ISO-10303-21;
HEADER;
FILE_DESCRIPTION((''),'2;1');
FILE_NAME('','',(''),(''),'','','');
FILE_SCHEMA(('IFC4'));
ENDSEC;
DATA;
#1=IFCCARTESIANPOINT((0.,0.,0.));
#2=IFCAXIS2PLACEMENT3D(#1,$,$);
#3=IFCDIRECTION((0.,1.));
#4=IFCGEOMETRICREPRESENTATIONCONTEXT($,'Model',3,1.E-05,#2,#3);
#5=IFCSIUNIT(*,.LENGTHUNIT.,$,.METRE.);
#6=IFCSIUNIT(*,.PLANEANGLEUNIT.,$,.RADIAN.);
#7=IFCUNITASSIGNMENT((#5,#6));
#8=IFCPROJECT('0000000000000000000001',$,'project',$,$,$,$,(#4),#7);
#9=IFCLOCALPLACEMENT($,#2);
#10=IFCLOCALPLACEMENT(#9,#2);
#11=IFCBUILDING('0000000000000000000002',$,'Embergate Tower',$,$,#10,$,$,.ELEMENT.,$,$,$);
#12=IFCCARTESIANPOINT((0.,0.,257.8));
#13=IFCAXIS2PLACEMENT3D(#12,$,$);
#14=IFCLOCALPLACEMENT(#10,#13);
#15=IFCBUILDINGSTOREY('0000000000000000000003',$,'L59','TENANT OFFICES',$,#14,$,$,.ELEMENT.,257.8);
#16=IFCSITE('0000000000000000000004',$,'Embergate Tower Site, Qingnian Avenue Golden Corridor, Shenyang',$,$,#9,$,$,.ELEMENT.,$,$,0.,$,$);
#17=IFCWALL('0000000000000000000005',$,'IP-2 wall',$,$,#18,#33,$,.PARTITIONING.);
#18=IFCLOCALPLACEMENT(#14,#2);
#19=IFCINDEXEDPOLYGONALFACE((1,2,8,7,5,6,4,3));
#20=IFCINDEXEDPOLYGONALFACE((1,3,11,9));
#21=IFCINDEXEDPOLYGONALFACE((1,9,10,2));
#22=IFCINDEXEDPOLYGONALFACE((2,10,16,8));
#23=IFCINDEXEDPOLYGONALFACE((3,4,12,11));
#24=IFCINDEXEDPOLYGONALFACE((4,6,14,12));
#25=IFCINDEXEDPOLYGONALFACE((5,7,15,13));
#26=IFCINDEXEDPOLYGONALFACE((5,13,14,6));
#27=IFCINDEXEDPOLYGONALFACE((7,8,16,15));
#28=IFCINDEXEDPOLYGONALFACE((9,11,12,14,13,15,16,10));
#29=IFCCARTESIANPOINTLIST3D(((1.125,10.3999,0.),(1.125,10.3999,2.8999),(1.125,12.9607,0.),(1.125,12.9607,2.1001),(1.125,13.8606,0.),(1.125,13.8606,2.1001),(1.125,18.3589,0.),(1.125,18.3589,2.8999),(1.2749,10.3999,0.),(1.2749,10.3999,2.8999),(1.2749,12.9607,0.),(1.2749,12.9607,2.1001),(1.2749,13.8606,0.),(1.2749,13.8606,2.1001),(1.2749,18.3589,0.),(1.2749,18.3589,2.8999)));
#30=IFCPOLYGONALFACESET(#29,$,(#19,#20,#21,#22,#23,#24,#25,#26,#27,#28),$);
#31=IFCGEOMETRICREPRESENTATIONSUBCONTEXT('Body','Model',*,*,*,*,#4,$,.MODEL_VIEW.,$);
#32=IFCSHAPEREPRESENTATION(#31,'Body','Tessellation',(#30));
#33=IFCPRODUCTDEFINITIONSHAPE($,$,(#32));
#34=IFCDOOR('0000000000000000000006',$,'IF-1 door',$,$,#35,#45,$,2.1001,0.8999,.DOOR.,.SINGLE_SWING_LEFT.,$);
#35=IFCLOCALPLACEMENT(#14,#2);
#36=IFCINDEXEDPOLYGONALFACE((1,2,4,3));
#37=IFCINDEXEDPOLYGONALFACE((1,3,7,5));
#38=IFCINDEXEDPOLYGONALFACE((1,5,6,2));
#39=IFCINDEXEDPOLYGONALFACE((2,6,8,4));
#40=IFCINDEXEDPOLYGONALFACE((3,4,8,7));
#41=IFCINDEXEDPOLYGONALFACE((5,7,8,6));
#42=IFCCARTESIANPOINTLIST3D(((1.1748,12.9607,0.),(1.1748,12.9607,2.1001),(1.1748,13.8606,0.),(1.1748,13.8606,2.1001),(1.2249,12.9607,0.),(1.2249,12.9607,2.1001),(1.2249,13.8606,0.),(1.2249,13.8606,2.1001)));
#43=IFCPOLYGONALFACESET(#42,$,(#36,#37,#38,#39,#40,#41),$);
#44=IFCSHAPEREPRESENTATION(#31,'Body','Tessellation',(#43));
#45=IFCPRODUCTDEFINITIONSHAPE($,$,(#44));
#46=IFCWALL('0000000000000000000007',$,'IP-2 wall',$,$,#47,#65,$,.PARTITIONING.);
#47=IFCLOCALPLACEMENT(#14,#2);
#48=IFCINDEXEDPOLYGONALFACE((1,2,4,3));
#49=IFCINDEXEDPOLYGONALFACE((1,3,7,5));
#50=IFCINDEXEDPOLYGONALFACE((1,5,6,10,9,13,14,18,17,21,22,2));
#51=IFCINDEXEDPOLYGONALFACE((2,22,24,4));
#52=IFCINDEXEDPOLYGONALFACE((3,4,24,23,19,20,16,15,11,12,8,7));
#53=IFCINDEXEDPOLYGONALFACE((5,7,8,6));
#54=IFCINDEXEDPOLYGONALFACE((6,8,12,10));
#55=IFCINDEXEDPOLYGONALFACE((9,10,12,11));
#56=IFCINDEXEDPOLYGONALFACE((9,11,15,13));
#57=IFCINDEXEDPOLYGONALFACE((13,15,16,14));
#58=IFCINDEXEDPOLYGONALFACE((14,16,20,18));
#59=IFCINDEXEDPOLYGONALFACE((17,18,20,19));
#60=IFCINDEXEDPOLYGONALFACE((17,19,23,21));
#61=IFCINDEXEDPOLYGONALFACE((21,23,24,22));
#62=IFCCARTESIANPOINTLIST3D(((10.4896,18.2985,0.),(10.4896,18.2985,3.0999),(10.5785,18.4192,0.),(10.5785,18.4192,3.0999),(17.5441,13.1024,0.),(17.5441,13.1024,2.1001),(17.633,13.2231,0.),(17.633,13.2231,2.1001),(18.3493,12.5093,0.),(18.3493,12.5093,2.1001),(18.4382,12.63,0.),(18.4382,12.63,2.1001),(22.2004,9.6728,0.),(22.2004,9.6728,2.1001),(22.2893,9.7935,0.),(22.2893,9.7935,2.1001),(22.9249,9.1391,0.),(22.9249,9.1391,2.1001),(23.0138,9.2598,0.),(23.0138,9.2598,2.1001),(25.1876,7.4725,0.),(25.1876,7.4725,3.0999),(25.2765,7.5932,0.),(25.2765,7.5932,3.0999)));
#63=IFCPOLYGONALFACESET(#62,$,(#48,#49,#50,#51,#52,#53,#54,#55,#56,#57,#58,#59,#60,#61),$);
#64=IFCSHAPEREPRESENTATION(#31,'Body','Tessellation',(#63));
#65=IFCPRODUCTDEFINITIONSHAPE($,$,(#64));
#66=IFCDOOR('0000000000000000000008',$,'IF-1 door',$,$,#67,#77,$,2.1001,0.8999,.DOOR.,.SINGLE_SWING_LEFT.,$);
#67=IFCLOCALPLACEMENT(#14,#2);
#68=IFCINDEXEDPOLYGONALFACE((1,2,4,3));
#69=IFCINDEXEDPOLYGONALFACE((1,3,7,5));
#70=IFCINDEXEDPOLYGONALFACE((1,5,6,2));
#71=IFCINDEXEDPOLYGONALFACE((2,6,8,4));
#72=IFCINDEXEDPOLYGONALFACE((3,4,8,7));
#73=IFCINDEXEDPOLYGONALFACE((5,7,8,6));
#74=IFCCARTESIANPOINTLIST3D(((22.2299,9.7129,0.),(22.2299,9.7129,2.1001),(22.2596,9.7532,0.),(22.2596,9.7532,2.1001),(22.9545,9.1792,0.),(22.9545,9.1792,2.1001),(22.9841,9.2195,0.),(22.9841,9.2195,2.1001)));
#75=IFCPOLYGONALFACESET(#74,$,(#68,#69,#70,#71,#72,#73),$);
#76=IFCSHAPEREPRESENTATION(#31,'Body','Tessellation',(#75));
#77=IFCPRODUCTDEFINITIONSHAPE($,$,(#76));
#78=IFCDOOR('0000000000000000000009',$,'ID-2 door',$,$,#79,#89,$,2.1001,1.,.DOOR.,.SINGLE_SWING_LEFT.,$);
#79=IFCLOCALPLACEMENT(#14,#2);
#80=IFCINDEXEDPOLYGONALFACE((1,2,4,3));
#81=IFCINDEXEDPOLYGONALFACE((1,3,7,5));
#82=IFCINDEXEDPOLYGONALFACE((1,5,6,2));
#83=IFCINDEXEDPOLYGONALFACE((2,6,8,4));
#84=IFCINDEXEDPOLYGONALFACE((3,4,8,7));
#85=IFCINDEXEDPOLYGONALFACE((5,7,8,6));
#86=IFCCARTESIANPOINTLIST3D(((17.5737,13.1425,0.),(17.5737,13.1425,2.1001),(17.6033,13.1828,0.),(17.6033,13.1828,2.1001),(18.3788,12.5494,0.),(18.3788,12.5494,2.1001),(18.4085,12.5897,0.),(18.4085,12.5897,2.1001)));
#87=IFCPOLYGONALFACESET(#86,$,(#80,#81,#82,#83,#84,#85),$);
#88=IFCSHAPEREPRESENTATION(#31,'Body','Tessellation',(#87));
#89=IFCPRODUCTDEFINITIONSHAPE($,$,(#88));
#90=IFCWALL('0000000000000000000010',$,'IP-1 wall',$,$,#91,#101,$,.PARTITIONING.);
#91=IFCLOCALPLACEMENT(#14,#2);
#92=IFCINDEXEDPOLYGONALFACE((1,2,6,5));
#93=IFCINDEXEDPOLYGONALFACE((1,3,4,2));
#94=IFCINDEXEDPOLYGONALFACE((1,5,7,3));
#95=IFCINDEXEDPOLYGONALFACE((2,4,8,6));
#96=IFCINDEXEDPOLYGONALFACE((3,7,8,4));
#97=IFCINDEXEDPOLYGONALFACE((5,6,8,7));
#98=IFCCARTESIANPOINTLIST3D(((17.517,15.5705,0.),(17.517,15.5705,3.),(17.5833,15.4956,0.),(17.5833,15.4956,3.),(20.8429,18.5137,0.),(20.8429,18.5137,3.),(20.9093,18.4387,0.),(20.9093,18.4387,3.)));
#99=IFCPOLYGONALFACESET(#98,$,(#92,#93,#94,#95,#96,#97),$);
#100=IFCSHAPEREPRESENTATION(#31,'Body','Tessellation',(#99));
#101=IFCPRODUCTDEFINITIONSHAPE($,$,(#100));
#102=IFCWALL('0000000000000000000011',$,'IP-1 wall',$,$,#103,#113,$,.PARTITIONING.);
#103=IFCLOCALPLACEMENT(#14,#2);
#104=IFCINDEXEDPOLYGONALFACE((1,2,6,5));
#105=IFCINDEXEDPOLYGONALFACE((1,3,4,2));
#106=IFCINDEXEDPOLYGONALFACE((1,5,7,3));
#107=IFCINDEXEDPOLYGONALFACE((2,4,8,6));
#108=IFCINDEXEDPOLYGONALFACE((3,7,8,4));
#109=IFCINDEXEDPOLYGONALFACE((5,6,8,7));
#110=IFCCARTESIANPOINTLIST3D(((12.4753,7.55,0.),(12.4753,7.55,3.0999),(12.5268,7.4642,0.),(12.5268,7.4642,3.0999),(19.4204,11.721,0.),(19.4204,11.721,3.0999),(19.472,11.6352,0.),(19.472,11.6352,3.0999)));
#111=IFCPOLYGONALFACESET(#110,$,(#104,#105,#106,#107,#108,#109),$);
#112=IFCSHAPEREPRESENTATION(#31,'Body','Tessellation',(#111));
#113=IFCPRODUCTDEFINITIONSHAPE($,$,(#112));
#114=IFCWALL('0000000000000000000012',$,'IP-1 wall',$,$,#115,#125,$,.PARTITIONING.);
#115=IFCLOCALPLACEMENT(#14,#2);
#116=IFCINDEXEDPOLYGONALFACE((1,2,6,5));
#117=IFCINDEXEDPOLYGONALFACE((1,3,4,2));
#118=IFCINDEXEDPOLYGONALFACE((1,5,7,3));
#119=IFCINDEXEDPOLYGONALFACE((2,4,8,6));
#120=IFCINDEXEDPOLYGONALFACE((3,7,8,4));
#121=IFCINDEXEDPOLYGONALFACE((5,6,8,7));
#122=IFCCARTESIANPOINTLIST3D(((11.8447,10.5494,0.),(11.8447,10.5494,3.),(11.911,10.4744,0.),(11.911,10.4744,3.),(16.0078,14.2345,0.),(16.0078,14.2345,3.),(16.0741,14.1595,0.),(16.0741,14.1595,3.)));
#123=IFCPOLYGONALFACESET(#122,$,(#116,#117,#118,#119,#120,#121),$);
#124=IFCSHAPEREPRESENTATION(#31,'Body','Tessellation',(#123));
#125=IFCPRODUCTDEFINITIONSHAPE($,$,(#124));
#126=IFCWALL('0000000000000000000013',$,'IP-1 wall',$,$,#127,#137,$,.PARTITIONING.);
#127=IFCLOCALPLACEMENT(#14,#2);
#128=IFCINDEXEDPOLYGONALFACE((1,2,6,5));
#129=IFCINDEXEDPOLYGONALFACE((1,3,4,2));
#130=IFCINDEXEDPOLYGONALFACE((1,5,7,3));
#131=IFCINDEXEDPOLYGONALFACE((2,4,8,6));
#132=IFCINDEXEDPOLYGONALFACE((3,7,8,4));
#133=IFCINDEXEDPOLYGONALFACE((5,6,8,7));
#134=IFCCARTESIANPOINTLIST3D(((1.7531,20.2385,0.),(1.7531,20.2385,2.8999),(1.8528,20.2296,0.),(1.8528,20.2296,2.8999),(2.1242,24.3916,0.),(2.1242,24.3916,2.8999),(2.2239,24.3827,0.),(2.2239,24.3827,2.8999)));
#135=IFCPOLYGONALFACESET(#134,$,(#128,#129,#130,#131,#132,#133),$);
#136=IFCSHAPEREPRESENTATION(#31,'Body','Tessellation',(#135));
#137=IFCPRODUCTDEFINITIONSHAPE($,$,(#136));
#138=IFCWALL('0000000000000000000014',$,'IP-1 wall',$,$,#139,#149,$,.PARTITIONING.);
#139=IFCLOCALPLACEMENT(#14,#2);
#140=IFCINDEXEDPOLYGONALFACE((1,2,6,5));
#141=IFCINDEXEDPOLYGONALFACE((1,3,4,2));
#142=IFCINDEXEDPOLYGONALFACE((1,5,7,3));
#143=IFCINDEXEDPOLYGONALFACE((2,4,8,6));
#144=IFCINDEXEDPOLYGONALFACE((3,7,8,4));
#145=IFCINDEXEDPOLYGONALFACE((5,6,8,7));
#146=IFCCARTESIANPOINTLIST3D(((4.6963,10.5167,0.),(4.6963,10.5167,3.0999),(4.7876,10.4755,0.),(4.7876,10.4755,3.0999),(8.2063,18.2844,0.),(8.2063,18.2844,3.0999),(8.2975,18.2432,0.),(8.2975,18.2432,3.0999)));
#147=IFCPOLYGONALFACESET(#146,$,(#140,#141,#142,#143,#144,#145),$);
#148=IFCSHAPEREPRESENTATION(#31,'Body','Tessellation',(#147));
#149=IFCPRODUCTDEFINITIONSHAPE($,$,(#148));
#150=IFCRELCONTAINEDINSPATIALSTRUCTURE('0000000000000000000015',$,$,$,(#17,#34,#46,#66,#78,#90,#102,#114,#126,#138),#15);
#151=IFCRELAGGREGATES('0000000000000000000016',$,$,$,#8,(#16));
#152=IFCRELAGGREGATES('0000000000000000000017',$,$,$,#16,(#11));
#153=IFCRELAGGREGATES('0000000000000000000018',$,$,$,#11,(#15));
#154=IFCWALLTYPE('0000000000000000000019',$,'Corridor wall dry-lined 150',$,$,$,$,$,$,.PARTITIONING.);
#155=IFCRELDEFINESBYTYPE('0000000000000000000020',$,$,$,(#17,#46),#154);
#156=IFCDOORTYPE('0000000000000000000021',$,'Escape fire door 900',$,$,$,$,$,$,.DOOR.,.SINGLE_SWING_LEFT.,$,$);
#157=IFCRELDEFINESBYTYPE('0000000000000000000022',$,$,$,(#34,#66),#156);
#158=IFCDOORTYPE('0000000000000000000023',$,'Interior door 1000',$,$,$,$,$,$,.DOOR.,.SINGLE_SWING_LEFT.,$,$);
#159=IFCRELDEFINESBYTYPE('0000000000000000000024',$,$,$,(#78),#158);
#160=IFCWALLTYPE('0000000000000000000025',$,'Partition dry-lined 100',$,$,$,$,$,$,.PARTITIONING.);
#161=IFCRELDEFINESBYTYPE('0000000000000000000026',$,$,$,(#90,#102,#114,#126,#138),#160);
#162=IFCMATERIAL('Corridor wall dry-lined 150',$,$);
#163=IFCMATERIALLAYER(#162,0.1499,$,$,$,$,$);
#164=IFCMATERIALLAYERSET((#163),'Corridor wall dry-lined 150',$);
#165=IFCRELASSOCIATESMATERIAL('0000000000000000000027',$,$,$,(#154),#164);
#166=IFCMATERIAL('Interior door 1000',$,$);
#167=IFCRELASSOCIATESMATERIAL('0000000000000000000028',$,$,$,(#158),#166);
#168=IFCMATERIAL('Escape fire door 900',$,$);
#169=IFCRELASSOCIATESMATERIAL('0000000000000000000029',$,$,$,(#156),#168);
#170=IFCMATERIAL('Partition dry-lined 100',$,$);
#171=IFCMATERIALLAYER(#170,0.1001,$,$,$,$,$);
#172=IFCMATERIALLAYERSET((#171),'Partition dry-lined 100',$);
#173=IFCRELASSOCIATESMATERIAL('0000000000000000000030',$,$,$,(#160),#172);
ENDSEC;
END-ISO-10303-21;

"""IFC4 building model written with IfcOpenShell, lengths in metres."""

from ifc_helpers import new_model, si_unit, direction, frame, frame_2d, origin, place, context, subcontext, project, spatial, rectangle, extrude, source, transform, mapped, material, layer, layer_set, type_object, element, fill, save


model = new_model("IFC4")

# Units and contexts
model_context = context("Model", 3, precision=1e-05, world=origin(), true_north=direction((0.0, 1.0)))
body_context = subcontext(model_context, "Body", "Model", "MODEL_VIEW")
ifc_project = project(units=[si_unit("LENGTHUNIT", "METRE"), si_unit("PLANEANGLEUNIT", "RADIAN")], contexts=[model_context])

# Site, building, storey
site_placement = place(None, origin())
site = spatial("IfcSite", under=ifc_project, at=site_placement, Name="Embergate Tower Site, Qingnian Avenue Golden Corridor, Shenyang", CompositionType="ELEMENT", RefElevation=0.0)
building_placement = place(site_placement, origin())
building = spatial("IfcBuilding", under=site, at=building_placement, Name="Embergate Tower", CompositionType="ELEMENT")
storey_placement = place(building_placement, frame((0.0, 0.0, 257.8)))
storey = spatial("IfcBuildingStorey", under=building, at=storey_placement, Name="L59", Description="TENANT OFFICES", CompositionType="ELEMENT", Elevation=257.8)

# Shared definitions
ifc_material_1 = material(Name="Corridor wall dry-lined 150")
ifc_layer_1 = layer(ifc_material_1, 0.1499)
ifc_layer_set_1 = layer_set([ifc_layer_1], Name="Corridor wall dry-lined 150")
wall_type_1 = type_object("IfcWallType", Name="Corridor wall dry-lined 150", PredefinedType="PARTITIONING", material=ifc_layer_set_1)
shared_shape_1 = source(origin(), body_context, "Body", "SweptSolid", [
    extrude(rectangle(XDim=1.0, YDim=2.1001, at=frame_2d((0.5, 1.05))), frame((0.0, 0.085, 0.0), z_axis=(0.0, -1.0, 0.0), x_axis=(1.0, 0.0, 0.0)), (0.0, 0.0, 1.0), 0.1699),
])
ifc_material_2 = material(Name="Interior door 1000")
door_type_1 = type_object("IfcDoorType", Name="Interior door 1000", OperationType="SINGLE_SWING_LEFT", PredefinedType="DOOR", material=ifc_material_2)
shared_shape_2 = source(origin(), body_context, "Body", "SweptSolid", [
    extrude(rectangle(XDim=1.0, YDim=2.1001, at=frame_2d((0.5, 1.05))), frame((0.0, 0.0249, 0.0), z_axis=(0.0, -1.0, 0.0), x_axis=(1.0, 0.0, 0.0)), (0.0, 0.0, 1.0), 0.05),
])

# Wall, opening, door
shared_shape_3 = source(origin(), body_context, "Body", "SweptSolid", [
    extrude(rectangle(XDim=7.959, YDim=0.1499, at=frame_2d((3.9795, 0.0))), origin(), (0.0, 0.0, 1.0), 2.8999),
])
wall_1_placement = place(storey_placement, frame((1.2, 18.3589, 0.0), z_axis=(0.0, 0.0, 1.0), x_axis=(0.0, -1.0, 0.0)))
wall_1 = element("IfcWall", 1, at=wall_1_placement, inside=storey, type_object=wall_type_1, Name="IP-2 wall", PredefinedType="PARTITIONING", context=body_context, shape_type="MappedRepresentation", body=[
    mapped(shared_shape_3, transform((0.0, 0.0, 0.0))),
])
shared_shape_4 = source(origin(), body_context, "Body", "SweptSolid", [
    extrude(rectangle(XDim=0.8999, YDim=2.1001, at=frame_2d((0.45, 1.05))), frame((0.0, 0.085, 0.0), z_axis=(0.0, -1.0, 0.0), x_axis=(1.0, 0.0, 0.0)), (0.0, 0.0, 1.0), 0.1699),
])
opening_1_placement = place(wall_1_placement, frame((4.4983, 0.0, 0.0)))
opening_1 = element("IfcOpeningElement", 2, at=opening_1_placement, cuts=wall_1, PredefinedType="OPENING", context=body_context, shape_type="MappedRepresentation", body=[
    mapped(shared_shape_4, transform((0.0, 0.0, 0.0))),
])
ifc_material_3 = material(Name="Escape fire door 900")
door_type_2 = type_object("IfcDoorType", Name="Escape fire door 900", OperationType="SINGLE_SWING_LEFT", PredefinedType="DOOR", material=ifc_material_3)
shared_shape_5 = source(origin(), body_context, "Body", "SweptSolid", [
    extrude(rectangle(XDim=0.8999, YDim=2.1001, at=frame_2d((0.45, 1.05))), frame((0.0, 0.0249, 0.0), z_axis=(0.0, -1.0, 0.0), x_axis=(1.0, 0.0, 0.0)), (0.0, 0.0, 1.0), 0.05),
])
door_1_placement = place(opening_1_placement, origin())
door_1 = element("IfcDoor", 3, at=door_1_placement, inside=storey, type_object=door_type_2, Name="IF-1 door", OperationType="SINGLE_SWING_LEFT", OverallHeight=2.1001, OverallWidth=0.8999, PredefinedType="DOOR", context=body_context, shape_type="MappedRepresentation", body=[
    mapped(shared_shape_5, transform((0.0, 0.0, 0.0))),
])
fill(opening_1, door_1)

# Wall, openings, doors
shared_shape_6 = source(origin(), body_context, "Body", "SweptSolid", [
    extrude(rectangle(XDim=18.2546, YDim=0.1499, at=frame_2d((9.1274, 0.0))), origin(), (0.0, 0.0, 1.0), 3.0999),
])
wall_2_placement = place(storey_placement, frame((10.5339, 18.3589, 0.0), z_axis=(0.0, 0.0, 1.0), x_axis=(0.805165, -0.593051, 0.0)))
wall_2 = element("IfcWall", 4, at=wall_2_placement, inside=storey, type_object=wall_type_1, Name="IP-2 wall", PredefinedType="PARTITIONING", context=body_context, shape_type="MappedRepresentation", body=[
    mapped(shared_shape_6, transform((0.0, 0.0, 0.0))),
])
opening_2_placement = place(wall_2_placement, frame((14.5447, 0.0, 0.0)))
opening_2 = element("IfcOpeningElement", 5, at=opening_2_placement, cuts=wall_2, PredefinedType="OPENING", context=body_context, shape_type="MappedRepresentation", body=[
    mapped(shared_shape_4, transform((0.0, 0.0, 0.0))),
])
opening_3_placement = place(wall_2_placement, frame((8.7617, 0.0, 0.0)))
opening_3 = element("IfcOpeningElement", 6, at=opening_3_placement, cuts=wall_2, PredefinedType="OPENING", context=body_context, shape_type="MappedRepresentation", body=[
    mapped(shared_shape_1, transform((0.0, 0.0, 0.0))),
])
door_2_placement = place(opening_2_placement, origin())
door_2 = element("IfcDoor", 7, at=door_2_placement, inside=storey, type_object=door_type_2, Name="IF-1 door", OperationType="SINGLE_SWING_LEFT", OverallHeight=2.1001, OverallWidth=0.8999, PredefinedType="DOOR", context=body_context, shape_type="MappedRepresentation", body=[
    mapped(shared_shape_5, transform((0.0, 0.0, 0.0))),
])
fill(opening_2, door_2)
door_3_placement = place(opening_3_placement, origin())
door_3 = element("IfcDoor", 8, at=door_3_placement, inside=storey, type_object=door_type_1, Name="ID-2 door", OperationType="SINGLE_SWING_LEFT", OverallHeight=2.1001, OverallWidth=1.0, PredefinedType="DOOR", context=body_context, shape_type="MappedRepresentation", body=[
    mapped(shared_shape_2, transform((0.0, 0.0, 0.0))),
])
fill(opening_3, door_3)

# Walls
ifc_material_4 = material(Name="Partition dry-lined 100")
ifc_layer_2 = layer(ifc_material_4, 0.1001)
ifc_layer_set_2 = layer_set([ifc_layer_2], Name="Partition dry-lined 100")
wall_type_2 = type_object("IfcWallType", Name="Partition dry-lined 100", PredefinedType="PARTITIONING", material=ifc_layer_set_2)
shared_shape_7 = source(origin(), body_context, "Body", "SweptSolid", [
    extrude(rectangle(XDim=4.4412, YDim=0.1001, at=frame_2d((2.2207, 0.0))), origin(), (0.0, 0.0, 1.0), 3.0),
])
wall_3_placement = place(storey_placement, frame((17.55, 15.533, 0.0), z_axis=(0.0, 0.0, 1.0), x_axis=(0.748891, 0.662694, 0.0)))
element("IfcWall", 9, at=wall_3_placement, inside=storey, type_object=wall_type_2, Name="IP-1 wall", PredefinedType="PARTITIONING", context=body_context, shape_type="MappedRepresentation", body=[
    mapped(shared_shape_7, transform((0.0, 0.0, 0.0))),
])
shared_shape_8 = source(origin(), body_context, "Body", "SweptSolid", [
    extrude(rectangle(XDim=8.1013, YDim=0.1001, at=frame_2d((4.0508, 0.0))), origin(), (0.0, 0.0, 1.0), 3.0999),
])
wall_4_placement = place(storey_placement, frame((12.501, 7.5071, 0.0), z_axis=(0.0, 0.0, 1.0), x_axis=(0.857283, 0.514846, 0.0)))
element("IfcWall", 10, at=wall_4_placement, inside=storey, type_object=wall_type_2, Name="IP-1 wall", PredefinedType="PARTITIONING", context=body_context, shape_type="MappedRepresentation", body=[
    mapped(shared_shape_8, transform((0.0, 0.0, 0.0))),
])
shared_shape_9 = source(origin(), body_context, "Body", "SweptSolid", [
    extrude(rectangle(XDim=5.5598, YDim=0.1001, at=frame_2d((2.7798, 0.0))), origin(), (0.0, 0.0, 1.0), 3.0),
])
wall_5_placement = place(storey_placement, frame((11.8779, 10.512, 0.0), z_axis=(0.0, 0.0, 1.0), x_axis=(0.748789, 0.662809, 0.0)))
element("IfcWall", 11, at=wall_5_placement, inside=storey, type_object=wall_type_2, Name="IP-1 wall", PredefinedType="PARTITIONING", context=body_context, shape_type="MappedRepresentation", body=[
    mapped(shared_shape_9, transform((0.0, 0.0, 0.0))),
])
shared_shape_10 = source(origin(), body_context, "Body", "SweptSolid", [
    extrude(rectangle(XDim=4.1697, YDim=0.1001, at=frame_2d((2.085, 0.0))), origin(), (0.0, 0.0, 1.0), 2.8999),
])
wall_6_placement = place(storey_placement, frame((1.803, 20.2339, 0.0), z_axis=(0.0, 0.0, 1.0), x_axis=(0.088999, 0.996032, 0.0)))
element("IfcWall", 12, at=wall_6_placement, inside=storey, type_object=wall_type_2, Name="IP-1 wall", PredefinedType="PARTITIONING", context=body_context, shape_type="MappedRepresentation", body=[
    mapped(shared_shape_10, transform((0.0, 0.0, 0.0))),
])
shared_shape_11 = source(origin(), body_context, "Body", "SweptSolid", [
    extrude(rectangle(XDim=8.5239, YDim=0.1001, at=frame_2d((4.262, 0.0))), origin(), (0.0, 0.0, 1.0), 3.0999),
])
wall_7_placement = place(storey_placement, frame((4.7419, 10.4961, 0.0), z_axis=(0.0, 0.0, 1.0), x_axis=(0.411778, 0.911284, 0.0)))
element("IfcWall", 13, at=wall_7_placement, inside=storey, type_object=wall_type_2, Name="IP-1 wall", PredefinedType="PARTITIONING", context=body_context, shape_type="MappedRepresentation", body=[
    mapped(shared_shape_11, transform((0.0, 0.0, 0.0))),
])

save(model, "model.ifc")
